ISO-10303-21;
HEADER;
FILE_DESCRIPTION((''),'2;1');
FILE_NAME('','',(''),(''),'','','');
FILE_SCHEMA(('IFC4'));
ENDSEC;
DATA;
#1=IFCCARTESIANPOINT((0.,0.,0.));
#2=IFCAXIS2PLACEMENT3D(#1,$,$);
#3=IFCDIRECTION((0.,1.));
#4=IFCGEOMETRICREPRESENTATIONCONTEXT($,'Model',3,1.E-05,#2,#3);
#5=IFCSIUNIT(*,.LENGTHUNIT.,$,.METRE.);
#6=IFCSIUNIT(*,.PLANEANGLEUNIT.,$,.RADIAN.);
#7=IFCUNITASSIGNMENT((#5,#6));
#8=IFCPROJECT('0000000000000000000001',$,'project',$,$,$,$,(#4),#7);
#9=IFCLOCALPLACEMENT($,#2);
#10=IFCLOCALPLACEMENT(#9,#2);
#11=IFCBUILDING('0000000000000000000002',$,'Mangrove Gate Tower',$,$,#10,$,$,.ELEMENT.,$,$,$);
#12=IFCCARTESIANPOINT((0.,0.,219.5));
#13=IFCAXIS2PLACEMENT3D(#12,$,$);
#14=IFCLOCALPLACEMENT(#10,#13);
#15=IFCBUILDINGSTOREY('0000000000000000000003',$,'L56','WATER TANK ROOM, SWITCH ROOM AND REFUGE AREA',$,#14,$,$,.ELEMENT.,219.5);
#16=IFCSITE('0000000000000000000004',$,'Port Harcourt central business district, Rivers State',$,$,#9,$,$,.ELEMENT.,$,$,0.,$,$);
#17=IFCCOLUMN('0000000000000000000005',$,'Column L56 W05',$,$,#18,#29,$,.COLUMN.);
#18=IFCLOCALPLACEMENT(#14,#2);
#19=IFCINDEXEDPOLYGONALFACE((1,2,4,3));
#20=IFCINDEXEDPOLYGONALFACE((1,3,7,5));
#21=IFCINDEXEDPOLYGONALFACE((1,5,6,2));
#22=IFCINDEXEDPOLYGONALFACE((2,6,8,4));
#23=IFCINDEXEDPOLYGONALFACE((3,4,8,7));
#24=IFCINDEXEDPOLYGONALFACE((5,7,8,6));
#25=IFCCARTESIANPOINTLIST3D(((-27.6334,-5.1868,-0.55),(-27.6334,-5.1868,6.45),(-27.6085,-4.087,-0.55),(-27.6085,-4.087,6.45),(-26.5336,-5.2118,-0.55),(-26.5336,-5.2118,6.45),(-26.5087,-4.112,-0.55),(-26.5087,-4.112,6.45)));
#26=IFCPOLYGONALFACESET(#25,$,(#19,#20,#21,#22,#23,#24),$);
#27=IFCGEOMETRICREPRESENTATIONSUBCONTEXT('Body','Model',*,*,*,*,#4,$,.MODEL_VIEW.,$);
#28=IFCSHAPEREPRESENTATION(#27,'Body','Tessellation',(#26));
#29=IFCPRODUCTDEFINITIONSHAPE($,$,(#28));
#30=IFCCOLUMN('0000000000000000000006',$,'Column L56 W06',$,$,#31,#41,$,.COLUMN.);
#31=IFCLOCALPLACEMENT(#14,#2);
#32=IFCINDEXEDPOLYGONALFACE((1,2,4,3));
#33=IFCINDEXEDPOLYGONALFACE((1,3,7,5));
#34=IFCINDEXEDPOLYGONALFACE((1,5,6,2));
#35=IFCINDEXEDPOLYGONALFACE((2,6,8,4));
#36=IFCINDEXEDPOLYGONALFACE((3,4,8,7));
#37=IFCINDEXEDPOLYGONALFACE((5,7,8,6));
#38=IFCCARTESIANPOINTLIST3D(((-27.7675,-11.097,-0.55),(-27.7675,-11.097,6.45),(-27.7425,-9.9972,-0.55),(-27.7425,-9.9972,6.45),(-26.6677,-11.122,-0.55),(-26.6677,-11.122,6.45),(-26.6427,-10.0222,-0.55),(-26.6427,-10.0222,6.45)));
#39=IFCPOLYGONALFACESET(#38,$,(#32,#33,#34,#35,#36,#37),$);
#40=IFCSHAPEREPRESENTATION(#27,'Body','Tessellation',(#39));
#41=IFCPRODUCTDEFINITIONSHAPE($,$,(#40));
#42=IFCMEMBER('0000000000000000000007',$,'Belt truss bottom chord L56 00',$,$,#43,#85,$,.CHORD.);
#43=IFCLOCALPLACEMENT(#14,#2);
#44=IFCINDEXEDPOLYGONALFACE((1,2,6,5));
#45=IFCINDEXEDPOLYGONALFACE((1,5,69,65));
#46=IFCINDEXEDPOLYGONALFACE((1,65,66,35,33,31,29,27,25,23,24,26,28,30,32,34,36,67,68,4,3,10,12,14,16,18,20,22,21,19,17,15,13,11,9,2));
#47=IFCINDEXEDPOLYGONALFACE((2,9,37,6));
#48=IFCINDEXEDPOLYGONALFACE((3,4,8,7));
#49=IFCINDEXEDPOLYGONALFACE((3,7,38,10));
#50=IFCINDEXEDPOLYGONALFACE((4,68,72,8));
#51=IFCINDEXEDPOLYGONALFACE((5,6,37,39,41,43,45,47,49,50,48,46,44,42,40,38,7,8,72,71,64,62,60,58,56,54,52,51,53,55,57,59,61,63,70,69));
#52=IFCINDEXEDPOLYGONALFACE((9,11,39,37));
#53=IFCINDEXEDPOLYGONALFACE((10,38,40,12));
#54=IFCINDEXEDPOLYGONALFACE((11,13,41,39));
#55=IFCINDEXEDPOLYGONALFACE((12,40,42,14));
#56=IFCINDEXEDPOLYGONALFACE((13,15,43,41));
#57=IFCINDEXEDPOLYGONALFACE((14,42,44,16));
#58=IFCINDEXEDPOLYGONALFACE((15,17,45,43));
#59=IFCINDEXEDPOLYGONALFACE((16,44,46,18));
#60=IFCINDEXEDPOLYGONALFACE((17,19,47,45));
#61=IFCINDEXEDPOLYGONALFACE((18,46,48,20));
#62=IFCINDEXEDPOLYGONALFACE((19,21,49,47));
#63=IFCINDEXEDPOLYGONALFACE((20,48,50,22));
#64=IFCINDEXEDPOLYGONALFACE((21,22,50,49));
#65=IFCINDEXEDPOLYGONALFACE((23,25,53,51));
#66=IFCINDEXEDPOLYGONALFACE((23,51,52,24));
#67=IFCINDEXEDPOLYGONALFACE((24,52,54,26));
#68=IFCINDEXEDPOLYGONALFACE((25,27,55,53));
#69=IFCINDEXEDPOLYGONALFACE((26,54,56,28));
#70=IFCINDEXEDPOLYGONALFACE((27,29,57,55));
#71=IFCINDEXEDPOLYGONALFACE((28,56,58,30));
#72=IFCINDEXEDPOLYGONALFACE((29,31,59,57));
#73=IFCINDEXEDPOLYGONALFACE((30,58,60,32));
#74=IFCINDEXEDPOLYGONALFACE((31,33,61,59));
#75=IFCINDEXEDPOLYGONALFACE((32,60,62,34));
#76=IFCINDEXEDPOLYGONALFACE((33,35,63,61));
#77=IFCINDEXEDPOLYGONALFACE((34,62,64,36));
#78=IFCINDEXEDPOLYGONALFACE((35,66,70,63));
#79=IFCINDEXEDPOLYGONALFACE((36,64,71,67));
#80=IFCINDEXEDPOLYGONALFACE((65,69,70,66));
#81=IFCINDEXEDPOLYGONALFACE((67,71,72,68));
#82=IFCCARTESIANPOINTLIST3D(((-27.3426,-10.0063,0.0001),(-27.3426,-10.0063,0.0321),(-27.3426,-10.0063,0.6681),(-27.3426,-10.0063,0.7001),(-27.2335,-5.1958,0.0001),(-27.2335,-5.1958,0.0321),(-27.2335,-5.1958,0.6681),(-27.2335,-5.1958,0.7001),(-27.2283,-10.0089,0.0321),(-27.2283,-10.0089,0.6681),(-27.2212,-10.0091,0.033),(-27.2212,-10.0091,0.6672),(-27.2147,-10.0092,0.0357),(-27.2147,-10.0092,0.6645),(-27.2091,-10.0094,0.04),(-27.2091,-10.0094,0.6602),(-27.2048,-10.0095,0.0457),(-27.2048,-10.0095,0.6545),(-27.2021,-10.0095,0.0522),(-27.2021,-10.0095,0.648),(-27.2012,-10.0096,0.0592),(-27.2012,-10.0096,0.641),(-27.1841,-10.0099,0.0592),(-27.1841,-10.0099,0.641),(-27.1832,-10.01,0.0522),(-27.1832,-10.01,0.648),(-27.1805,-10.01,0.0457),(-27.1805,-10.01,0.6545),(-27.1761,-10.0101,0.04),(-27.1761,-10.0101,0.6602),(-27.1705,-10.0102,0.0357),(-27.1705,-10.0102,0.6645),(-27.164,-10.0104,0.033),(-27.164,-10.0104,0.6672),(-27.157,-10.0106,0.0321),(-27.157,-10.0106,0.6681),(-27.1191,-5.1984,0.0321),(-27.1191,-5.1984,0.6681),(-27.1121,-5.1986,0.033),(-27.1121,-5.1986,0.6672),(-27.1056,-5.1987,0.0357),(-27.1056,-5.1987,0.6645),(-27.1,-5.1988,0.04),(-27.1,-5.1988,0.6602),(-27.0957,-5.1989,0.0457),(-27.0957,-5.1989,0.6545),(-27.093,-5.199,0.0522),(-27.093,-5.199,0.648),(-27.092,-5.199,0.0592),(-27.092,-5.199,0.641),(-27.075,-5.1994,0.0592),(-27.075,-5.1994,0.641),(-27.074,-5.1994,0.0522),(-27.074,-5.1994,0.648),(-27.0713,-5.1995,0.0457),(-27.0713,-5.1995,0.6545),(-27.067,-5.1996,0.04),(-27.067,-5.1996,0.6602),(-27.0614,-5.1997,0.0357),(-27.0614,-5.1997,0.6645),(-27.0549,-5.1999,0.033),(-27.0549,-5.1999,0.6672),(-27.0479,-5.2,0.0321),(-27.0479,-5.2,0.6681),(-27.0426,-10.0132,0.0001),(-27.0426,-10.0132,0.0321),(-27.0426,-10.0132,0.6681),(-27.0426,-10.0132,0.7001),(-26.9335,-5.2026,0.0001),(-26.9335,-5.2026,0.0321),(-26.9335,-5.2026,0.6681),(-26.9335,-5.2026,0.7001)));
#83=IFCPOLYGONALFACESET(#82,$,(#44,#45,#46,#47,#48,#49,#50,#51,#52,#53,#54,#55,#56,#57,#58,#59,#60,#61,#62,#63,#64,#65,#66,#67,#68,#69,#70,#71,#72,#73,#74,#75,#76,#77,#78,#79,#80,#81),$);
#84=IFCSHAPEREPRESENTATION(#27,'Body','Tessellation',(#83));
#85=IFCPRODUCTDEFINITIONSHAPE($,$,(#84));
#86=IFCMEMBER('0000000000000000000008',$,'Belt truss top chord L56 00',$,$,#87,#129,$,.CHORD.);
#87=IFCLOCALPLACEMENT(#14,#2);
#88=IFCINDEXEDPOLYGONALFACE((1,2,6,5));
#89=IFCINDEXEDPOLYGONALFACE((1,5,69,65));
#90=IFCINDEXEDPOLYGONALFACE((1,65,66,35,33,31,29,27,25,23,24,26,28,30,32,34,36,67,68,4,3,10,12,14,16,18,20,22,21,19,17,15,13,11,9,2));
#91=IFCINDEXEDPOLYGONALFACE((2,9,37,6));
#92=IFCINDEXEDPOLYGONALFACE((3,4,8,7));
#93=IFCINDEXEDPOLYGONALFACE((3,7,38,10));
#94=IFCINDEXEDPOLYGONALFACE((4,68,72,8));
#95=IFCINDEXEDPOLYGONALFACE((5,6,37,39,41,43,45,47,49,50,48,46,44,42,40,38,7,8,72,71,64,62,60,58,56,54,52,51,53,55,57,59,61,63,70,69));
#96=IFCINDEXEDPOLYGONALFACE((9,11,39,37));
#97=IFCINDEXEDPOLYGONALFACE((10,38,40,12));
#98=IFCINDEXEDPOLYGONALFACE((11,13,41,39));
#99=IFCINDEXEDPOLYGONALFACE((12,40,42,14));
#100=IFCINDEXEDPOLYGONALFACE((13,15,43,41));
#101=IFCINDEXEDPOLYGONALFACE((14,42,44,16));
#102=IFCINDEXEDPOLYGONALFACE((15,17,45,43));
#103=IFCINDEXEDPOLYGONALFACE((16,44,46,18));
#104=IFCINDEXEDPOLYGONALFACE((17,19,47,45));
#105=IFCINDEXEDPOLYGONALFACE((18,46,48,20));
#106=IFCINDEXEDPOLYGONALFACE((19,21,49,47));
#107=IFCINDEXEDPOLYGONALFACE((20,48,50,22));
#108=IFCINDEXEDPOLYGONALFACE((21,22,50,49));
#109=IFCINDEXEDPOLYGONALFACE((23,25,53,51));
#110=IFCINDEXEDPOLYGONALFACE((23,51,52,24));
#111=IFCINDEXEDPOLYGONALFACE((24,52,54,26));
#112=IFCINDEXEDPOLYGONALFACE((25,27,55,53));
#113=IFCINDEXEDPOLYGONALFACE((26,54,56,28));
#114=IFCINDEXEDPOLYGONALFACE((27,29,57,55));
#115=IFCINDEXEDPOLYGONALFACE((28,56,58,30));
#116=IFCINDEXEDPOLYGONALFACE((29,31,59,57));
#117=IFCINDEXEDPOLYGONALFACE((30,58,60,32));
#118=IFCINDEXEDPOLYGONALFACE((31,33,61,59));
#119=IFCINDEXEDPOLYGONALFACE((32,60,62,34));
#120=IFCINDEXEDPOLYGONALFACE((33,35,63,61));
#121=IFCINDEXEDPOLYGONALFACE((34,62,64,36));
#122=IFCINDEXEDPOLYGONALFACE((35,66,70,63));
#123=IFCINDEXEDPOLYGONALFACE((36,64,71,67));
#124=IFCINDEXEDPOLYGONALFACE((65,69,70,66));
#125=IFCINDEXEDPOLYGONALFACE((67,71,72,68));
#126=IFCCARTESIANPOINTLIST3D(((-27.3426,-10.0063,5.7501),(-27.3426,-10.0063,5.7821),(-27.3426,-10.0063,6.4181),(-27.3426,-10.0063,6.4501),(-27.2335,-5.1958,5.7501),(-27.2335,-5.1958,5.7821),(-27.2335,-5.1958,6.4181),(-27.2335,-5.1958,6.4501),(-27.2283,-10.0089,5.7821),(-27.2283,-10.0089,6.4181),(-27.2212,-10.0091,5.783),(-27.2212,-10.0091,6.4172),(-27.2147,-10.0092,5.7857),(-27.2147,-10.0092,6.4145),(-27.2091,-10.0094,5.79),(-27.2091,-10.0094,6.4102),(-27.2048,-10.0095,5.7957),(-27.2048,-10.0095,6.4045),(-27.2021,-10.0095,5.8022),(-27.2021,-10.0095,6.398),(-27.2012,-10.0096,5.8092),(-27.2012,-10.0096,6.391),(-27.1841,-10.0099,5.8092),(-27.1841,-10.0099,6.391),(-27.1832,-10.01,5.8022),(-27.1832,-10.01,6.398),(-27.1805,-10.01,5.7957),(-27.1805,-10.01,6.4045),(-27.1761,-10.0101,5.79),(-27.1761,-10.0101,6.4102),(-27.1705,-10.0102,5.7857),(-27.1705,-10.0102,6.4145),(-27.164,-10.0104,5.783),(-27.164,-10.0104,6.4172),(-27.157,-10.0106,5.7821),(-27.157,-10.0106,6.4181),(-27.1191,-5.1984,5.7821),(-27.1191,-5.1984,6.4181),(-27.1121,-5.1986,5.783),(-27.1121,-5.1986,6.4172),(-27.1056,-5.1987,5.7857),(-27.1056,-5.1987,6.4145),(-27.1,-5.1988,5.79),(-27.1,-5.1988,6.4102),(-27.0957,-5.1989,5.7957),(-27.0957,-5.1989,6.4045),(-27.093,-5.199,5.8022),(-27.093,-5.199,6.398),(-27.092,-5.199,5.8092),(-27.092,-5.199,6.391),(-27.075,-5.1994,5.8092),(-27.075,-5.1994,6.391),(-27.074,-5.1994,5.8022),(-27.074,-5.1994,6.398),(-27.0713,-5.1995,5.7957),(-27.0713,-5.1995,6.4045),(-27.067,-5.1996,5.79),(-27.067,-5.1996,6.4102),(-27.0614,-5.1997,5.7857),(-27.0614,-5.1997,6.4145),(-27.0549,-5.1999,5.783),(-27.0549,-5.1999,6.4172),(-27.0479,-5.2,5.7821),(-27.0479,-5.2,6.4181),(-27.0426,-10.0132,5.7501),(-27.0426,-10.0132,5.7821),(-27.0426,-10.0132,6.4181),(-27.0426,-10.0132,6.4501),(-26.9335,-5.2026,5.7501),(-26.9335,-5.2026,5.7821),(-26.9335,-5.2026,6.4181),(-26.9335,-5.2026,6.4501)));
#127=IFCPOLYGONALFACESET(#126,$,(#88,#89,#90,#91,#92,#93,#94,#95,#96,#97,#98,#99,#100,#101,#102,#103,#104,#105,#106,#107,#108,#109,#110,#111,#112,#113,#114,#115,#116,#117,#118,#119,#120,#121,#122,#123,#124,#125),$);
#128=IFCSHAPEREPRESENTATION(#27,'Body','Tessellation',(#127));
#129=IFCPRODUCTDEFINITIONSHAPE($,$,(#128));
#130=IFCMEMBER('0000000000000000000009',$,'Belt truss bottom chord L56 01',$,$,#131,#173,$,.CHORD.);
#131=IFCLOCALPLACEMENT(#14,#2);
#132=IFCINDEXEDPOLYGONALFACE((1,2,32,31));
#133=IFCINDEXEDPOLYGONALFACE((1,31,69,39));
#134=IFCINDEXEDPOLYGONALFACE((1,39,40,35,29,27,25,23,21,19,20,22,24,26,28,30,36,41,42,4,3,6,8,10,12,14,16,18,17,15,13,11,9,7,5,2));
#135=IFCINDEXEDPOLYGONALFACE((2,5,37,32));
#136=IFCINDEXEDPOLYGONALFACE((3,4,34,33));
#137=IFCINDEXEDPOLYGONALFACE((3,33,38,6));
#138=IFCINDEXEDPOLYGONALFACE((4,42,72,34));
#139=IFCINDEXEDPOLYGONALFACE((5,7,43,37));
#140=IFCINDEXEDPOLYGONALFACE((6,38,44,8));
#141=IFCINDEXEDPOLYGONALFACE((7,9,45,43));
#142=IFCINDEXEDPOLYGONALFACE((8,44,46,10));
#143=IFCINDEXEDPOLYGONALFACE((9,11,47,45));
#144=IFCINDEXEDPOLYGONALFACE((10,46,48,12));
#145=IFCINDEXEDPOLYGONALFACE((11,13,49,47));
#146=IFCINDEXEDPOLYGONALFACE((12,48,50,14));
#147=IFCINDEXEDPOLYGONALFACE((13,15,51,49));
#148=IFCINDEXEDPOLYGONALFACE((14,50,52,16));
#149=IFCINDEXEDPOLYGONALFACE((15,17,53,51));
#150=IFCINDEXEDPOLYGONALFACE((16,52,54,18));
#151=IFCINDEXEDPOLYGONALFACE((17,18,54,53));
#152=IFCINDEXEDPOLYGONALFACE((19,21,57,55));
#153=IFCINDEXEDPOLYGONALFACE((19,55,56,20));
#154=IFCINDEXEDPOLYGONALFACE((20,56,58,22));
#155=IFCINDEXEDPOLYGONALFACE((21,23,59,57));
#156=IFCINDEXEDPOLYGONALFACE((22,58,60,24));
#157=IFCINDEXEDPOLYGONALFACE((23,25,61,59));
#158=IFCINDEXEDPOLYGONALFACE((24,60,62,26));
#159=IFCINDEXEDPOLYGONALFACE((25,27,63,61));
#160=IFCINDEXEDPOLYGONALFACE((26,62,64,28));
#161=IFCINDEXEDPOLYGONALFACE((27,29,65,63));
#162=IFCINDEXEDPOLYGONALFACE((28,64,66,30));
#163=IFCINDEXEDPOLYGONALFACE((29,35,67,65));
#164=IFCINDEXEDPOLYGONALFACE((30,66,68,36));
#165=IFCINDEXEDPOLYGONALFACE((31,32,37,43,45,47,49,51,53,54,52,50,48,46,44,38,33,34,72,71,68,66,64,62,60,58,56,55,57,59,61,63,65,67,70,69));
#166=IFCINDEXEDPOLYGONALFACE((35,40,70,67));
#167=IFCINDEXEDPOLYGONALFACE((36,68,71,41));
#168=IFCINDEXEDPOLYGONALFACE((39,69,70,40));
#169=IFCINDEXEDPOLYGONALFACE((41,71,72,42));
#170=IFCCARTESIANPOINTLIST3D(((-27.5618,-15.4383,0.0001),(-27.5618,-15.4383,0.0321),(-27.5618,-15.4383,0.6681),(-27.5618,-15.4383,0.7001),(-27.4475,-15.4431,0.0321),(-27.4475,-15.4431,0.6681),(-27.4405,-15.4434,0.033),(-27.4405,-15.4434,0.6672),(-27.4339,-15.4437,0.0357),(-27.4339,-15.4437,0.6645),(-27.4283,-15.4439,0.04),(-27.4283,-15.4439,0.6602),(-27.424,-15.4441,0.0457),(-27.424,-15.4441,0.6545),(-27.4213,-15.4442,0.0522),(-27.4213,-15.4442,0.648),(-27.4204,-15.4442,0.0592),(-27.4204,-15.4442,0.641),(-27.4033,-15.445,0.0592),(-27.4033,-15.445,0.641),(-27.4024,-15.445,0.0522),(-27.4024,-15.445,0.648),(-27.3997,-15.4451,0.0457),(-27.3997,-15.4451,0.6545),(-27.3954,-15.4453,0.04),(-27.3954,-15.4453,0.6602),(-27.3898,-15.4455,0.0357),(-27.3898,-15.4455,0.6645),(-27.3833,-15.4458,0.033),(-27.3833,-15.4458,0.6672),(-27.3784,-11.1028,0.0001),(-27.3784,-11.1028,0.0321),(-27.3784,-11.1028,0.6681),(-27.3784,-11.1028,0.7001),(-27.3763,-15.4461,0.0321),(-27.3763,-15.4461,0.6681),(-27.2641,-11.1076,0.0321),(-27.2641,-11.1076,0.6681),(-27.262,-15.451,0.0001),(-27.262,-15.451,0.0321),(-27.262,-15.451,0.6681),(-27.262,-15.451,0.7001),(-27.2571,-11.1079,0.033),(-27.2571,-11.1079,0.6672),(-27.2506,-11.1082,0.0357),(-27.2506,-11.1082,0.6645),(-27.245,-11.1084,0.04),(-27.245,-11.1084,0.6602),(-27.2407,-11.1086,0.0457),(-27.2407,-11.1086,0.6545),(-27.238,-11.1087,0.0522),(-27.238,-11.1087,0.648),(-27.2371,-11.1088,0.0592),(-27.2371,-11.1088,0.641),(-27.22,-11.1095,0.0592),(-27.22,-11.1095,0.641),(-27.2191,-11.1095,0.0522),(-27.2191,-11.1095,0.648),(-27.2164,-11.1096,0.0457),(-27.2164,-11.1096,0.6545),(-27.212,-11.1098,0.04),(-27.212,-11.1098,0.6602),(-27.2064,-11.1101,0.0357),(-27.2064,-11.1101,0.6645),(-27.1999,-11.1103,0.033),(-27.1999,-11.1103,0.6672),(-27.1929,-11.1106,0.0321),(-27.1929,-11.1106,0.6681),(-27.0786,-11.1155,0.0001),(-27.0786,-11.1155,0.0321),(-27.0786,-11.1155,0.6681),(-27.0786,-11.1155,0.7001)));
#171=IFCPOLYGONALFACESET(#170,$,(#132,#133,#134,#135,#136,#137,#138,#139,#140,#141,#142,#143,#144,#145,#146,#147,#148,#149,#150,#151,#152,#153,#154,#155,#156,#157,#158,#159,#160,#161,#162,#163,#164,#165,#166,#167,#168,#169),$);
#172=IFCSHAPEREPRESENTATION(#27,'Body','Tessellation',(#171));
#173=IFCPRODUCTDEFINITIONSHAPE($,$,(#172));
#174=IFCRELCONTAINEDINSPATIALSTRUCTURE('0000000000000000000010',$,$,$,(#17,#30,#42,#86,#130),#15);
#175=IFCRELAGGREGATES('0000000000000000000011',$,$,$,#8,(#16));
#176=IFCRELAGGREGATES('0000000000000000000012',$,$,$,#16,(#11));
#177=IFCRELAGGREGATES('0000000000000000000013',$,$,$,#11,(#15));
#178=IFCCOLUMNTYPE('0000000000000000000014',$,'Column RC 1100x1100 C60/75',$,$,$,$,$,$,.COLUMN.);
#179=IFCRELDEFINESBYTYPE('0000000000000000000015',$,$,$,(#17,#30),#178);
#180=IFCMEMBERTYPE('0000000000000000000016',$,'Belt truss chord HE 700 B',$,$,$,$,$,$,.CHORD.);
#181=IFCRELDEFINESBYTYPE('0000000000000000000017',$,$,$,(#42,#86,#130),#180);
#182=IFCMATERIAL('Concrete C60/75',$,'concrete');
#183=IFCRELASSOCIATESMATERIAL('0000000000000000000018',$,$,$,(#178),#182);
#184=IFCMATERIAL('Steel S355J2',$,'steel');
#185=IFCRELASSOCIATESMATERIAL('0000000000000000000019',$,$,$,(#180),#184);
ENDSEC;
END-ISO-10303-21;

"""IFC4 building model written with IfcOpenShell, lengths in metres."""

from ifc_helpers import new_model, si_unit, direction, frame, origin, origin_2d, place, context, subcontext, project, spatial, rectangle, i_section, extrude, material, material_profile, profile_set, type_object, element, save


model = new_model("IFC4")

# Units and contexts
model_context = context("Model", 3, precision=1e-05, world=origin(), true_north=direction((0.0, 1.0)))
body_context = subcontext(model_context, "Body", "Model", "MODEL_VIEW")
ifc_project = project(units=[si_unit("LENGTHUNIT", "METRE"), si_unit("PLANEANGLEUNIT", "RADIAN")], contexts=[model_context])

# Site, building, storey
site_placement = place(None, origin())
site = spatial("IfcSite", under=ifc_project, at=site_placement, Name="Port Harcourt central business district, Rivers State", CompositionType="ELEMENT", RefElevation=0.0)
building_placement = place(site_placement, origin())
building = spatial("IfcBuilding", under=site, at=building_placement, Name="Mangrove Gate Tower", CompositionType="ELEMENT")
storey_placement = place(building_placement, frame((0.0, 0.0, 219.5)))
storey = spatial("IfcBuildingStorey", under=building, at=storey_placement, Name="L56", Description="WATER TANK ROOM, SWITCH ROOM AND REFUGE AREA", CompositionType="ELEMENT", Elevation=219.5)

# Columns
ifc_material_1 = material(Name="Concrete C60/75", Category="concrete")
ifc_material_profile_1 = material_profile(ifc_material_1, rectangle(XDim=1.1001, YDim=1.1001, at=origin_2d()))
ifc_profile_set_1 = profile_set([ifc_material_profile_1], Name="Concrete C60/75")
column_type = type_object("IfcColumnType", Name="Column RC 1100x1100 C60/75", PredefinedType="COLUMN", material=ifc_profile_set_1)
for number, where, z_axis, x_axis, name in (
    (1, (-27.071, -4.6494, -0.55), (0.0, 0.0, 1.0), (-0.022682, -0.999743, 0.0), "Column L56 W05"),
    (2, (-27.2051, -10.5596, -0.55), (0.0, 0.0, 1.0), (-0.02275, -0.999741, 0.0), "Column L56 W06"),
):
    element("IfcColumn", number, at=place(storey_placement, frame(where, z_axis=z_axis, x_axis=x_axis)), inside=storey, type_object=column_type, Name=name, PredefinedType="COLUMN", context=body_context, shape_type="SweptSolid", body=[
        extrude(rectangle(XDim=1.1001, YDim=1.1001, at=origin_2d()), origin(), (0.0, 0.0, 1.0), 7.0),
    ])

# Members
ifc_material_2 = material(Name="Steel S355J2", Category="steel")
ifc_material_profile_2 = material_profile(ifc_material_2, i_section(OverallWidth=0.3, OverallDepth=0.7, WebThickness=0.0171, FlangeThickness=0.032, FilletRadius=0.0271, at=origin_2d()))
ifc_profile_set_2 = profile_set([ifc_material_profile_2], Name="Steel S355J2")
member_type_1 = type_object("IfcMemberType", Name="Belt truss chord HE 700 B", PredefinedType="CHORD", material=ifc_profile_set_2)
for number, where, z_axis, x_axis, name in (
    (3, (-27.0835, -5.1992, 0.3501), (-0.02268, -0.999743, 0.0), (0.999743, -0.02268, 0.0), "Belt truss bottom chord L56 00"),
    (4, (-27.0835, -5.1992, 6.1001), (-0.02268, -0.999743, 0.0), (0.999743, -0.02268, 0.0), "Belt truss top chord L56 00"),
):
    element("IfcMember", number, at=place(storey_placement, frame(where, z_axis=z_axis, x_axis=x_axis)), inside=storey, type_object=member_type_1, Name=name, PredefinedType="CHORD", context=body_context, shape_type="SweptSolid", body=[
        extrude(i_section(OverallWidth=0.3, OverallDepth=0.7, WebThickness=0.0171, FlangeThickness=0.032, FilletRadius=0.0271, at=origin_2d()), origin(), (0.0, 0.0, 1.0), 4.8118),
    ])
for number, where, z_axis, x_axis, name in (
    (5, (-27.2285, -11.1091, 0.3501), (-0.042253, -0.999107, 0.0), (0.999107, -0.042253, 0.0), "Belt truss bottom chord L56 01"),
):
    element("IfcMember", number, at=place(storey_placement, frame(where, z_axis=z_axis, x_axis=x_axis)), inside=storey, type_object=member_type_1, Name=name, PredefinedType="CHORD", context=body_context, shape_type="SweptSolid", body=[
        extrude(i_section(OverallWidth=0.3, OverallDepth=0.7, WebThickness=0.0171, FlangeThickness=0.032, FilletRadius=0.0271, at=origin_2d()), origin(), (0.0, 0.0, 1.0), 4.3394),
    ])

save(model, "model.ifc")
